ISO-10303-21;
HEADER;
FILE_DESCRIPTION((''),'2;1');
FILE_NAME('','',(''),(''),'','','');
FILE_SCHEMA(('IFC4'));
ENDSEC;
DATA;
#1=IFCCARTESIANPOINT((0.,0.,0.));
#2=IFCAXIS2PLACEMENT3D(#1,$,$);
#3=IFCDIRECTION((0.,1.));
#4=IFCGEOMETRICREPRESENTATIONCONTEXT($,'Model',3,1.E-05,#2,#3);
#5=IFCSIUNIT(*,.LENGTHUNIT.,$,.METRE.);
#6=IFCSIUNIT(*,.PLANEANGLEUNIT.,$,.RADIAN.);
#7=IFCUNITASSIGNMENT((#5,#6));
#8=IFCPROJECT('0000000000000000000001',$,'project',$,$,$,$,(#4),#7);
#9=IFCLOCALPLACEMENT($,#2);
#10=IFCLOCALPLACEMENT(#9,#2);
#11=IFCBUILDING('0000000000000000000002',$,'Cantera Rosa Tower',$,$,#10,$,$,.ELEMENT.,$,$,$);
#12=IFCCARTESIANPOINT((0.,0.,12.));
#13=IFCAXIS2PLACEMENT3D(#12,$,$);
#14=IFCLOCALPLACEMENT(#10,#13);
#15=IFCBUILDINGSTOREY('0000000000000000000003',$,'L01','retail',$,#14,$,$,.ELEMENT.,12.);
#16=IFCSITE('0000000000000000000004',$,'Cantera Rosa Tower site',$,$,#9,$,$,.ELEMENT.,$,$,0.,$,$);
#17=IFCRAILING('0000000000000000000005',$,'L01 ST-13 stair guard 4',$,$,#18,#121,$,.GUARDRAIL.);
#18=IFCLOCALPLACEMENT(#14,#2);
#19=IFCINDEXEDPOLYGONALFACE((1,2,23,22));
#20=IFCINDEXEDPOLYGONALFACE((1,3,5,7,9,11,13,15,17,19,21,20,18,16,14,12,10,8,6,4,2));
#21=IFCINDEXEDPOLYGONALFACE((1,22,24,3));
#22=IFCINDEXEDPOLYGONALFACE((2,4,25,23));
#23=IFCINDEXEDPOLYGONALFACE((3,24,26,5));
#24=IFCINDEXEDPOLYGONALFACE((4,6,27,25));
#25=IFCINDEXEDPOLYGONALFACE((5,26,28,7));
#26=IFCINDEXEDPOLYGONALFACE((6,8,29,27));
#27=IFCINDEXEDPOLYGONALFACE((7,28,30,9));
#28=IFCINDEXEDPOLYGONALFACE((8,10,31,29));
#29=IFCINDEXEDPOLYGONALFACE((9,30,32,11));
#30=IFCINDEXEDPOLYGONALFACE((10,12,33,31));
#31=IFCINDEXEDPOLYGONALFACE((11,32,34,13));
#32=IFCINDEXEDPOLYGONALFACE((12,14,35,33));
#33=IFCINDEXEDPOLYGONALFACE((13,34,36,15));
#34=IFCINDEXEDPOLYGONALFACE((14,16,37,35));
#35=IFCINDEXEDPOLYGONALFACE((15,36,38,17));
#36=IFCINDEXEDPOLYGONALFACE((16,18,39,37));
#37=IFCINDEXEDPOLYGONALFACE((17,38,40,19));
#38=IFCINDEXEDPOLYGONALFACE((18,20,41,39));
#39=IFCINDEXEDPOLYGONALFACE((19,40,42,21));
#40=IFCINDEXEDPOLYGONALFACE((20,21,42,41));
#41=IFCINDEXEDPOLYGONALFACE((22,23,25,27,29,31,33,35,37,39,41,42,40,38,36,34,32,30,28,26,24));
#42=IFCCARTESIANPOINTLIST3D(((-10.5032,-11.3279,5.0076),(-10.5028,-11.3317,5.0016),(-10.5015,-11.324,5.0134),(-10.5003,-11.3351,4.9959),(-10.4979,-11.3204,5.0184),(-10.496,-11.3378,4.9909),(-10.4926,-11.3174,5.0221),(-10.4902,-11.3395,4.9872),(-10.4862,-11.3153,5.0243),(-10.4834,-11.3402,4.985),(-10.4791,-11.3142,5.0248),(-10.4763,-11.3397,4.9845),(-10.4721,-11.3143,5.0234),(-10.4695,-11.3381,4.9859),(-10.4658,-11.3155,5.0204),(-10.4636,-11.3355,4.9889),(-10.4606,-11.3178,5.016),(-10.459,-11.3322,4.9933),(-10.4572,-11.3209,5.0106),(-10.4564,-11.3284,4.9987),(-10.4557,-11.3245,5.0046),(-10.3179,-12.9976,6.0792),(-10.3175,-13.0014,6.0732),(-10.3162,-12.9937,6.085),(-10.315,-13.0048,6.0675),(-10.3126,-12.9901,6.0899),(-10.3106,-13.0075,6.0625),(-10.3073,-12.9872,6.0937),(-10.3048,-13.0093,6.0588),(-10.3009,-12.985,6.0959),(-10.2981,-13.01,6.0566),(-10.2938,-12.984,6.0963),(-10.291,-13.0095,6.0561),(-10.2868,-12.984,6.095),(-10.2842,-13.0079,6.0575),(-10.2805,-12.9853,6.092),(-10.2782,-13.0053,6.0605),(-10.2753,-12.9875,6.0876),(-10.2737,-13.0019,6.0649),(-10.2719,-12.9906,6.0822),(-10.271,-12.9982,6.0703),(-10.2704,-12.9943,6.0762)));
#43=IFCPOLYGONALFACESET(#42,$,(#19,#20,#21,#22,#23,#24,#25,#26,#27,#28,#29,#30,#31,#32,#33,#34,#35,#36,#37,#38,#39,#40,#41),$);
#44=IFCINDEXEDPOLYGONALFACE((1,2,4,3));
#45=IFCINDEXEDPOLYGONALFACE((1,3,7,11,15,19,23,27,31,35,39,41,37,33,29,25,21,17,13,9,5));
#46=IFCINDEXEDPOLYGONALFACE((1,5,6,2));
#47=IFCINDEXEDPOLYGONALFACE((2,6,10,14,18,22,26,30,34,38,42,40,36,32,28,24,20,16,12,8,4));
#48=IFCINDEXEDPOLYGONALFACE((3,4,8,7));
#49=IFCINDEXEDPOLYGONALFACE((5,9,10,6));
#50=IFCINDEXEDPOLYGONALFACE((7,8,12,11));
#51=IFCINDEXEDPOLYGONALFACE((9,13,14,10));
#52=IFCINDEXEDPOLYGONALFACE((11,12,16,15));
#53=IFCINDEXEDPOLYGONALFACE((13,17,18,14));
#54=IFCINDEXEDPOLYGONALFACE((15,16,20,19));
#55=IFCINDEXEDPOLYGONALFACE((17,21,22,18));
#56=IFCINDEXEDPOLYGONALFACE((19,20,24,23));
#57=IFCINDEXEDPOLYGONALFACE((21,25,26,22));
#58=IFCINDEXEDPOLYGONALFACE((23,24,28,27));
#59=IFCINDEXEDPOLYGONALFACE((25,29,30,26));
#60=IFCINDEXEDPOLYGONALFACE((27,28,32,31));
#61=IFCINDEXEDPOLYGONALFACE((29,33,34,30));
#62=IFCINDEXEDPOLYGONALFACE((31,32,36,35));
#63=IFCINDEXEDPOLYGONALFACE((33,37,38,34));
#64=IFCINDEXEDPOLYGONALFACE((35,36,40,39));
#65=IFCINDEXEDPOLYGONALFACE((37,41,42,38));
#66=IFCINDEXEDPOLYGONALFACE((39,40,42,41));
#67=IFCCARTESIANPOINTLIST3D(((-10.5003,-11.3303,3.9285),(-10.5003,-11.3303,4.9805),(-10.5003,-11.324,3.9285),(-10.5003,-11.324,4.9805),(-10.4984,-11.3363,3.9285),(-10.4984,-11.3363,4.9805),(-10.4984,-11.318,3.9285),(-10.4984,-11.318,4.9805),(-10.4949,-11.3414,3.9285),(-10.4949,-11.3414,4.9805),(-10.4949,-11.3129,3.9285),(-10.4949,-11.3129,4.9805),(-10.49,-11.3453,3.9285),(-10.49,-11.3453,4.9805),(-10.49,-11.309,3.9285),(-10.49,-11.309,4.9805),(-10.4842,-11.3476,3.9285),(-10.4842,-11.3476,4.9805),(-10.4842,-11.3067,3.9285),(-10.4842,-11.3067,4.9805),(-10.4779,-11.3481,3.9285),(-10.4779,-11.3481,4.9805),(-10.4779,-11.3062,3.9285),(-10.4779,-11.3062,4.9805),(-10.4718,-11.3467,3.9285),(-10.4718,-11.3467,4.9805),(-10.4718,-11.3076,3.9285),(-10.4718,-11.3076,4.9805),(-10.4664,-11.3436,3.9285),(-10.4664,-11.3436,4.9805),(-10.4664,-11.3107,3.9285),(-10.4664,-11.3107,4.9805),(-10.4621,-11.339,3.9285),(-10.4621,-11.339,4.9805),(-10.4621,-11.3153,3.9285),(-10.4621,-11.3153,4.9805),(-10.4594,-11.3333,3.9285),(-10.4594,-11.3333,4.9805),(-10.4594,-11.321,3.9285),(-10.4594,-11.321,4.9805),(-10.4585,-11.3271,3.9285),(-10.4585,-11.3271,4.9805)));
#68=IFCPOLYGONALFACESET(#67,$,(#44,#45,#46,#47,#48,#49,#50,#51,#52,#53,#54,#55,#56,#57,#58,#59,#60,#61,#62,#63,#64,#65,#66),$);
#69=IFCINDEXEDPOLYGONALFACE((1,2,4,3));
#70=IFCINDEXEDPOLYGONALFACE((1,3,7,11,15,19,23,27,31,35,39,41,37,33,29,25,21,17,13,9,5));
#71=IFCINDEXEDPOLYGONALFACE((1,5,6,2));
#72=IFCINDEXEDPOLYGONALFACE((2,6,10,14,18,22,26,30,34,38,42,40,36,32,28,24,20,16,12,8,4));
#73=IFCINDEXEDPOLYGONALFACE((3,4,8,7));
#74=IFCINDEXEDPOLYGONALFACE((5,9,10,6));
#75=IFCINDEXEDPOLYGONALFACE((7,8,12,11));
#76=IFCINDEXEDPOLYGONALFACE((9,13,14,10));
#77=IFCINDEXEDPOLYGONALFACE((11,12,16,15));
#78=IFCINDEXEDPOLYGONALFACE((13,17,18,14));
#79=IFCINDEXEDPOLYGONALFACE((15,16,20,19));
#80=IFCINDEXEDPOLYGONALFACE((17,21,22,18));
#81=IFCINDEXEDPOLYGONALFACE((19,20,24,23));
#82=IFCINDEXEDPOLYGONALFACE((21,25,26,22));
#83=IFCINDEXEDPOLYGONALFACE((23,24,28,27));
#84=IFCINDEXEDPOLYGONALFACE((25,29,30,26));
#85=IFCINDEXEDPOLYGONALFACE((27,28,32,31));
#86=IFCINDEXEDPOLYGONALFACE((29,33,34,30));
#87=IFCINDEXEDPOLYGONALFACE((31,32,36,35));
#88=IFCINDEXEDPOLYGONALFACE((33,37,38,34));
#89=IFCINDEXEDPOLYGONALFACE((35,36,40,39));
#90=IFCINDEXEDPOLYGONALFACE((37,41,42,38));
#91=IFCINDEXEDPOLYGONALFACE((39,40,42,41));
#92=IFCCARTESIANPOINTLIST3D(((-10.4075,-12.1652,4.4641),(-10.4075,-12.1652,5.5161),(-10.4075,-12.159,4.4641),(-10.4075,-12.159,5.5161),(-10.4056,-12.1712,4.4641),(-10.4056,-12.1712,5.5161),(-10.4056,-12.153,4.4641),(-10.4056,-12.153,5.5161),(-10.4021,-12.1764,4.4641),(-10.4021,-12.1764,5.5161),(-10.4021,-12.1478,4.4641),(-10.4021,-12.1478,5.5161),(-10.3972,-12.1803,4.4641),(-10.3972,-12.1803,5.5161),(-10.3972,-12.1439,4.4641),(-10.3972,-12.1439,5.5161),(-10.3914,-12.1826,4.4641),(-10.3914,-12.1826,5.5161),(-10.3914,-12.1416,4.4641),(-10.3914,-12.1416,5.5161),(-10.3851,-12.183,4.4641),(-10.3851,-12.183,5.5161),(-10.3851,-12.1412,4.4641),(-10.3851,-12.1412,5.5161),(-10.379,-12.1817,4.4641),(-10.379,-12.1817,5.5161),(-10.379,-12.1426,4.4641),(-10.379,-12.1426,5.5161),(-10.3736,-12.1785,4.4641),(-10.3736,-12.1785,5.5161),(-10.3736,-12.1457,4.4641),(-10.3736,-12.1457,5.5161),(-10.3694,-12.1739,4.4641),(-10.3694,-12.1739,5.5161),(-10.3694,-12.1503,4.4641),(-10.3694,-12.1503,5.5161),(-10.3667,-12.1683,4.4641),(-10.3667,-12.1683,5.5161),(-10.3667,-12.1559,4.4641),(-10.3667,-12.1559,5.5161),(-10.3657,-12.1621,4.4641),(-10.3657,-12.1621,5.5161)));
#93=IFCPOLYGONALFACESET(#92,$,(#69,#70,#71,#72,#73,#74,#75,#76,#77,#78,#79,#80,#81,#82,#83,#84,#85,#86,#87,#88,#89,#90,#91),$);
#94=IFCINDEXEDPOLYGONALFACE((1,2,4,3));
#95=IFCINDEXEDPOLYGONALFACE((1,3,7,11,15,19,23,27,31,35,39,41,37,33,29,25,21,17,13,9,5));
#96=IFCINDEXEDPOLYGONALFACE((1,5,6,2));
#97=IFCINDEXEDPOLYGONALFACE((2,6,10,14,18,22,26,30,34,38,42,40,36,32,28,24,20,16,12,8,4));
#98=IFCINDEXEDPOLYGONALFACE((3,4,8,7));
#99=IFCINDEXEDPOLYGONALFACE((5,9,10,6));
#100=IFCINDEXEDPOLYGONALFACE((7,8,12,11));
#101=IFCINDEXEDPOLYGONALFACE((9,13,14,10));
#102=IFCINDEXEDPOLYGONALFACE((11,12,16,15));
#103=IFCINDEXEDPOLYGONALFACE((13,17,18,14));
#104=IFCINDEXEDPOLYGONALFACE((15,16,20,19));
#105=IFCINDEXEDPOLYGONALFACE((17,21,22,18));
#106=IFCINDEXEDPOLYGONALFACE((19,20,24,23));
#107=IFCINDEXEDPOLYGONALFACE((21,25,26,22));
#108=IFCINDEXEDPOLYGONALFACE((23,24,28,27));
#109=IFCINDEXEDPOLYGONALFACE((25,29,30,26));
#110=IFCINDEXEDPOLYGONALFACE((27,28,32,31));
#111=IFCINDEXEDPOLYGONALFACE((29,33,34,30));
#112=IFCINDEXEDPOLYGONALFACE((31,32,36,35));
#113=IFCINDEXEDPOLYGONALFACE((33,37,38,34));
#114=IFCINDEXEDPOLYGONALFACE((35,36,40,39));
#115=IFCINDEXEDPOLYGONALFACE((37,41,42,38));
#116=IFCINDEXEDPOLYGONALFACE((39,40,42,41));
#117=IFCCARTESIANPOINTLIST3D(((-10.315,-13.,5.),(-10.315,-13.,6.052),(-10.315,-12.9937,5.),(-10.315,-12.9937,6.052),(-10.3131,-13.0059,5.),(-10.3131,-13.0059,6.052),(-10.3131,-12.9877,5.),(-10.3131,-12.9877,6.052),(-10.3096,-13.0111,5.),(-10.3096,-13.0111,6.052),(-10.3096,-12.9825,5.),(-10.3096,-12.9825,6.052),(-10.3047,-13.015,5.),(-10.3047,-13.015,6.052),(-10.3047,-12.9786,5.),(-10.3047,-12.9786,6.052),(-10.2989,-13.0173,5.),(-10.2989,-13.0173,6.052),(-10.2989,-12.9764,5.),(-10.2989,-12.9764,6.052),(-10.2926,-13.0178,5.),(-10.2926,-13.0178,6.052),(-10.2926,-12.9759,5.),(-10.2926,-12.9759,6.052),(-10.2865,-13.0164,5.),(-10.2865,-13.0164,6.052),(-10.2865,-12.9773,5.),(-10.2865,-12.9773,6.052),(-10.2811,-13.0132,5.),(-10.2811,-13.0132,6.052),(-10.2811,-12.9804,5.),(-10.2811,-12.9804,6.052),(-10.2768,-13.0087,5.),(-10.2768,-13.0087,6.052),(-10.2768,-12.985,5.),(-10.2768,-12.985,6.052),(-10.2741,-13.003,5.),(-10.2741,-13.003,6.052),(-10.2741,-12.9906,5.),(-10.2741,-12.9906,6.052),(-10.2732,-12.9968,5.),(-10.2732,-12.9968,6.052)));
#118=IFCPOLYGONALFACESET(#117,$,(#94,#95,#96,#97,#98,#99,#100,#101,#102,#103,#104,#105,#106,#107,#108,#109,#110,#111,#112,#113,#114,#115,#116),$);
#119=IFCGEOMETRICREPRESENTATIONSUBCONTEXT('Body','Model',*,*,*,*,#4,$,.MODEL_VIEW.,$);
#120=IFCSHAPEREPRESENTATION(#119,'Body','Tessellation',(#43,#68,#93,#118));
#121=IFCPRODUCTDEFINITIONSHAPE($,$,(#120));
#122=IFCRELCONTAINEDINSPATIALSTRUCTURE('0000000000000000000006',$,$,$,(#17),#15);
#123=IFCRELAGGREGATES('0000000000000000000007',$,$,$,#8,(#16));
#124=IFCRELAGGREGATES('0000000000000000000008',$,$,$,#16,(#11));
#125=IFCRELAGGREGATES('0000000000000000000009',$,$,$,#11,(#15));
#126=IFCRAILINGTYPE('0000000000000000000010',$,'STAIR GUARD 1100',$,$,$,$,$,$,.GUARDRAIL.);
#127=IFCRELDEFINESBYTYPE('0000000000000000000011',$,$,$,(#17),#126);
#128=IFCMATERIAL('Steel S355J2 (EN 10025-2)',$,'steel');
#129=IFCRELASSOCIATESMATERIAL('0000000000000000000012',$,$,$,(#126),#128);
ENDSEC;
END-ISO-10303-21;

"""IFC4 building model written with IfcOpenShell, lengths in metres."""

from ifc_helpers import new_model, si_unit, direction, frame, origin, origin_2d, place, context, subcontext, project, spatial, circle, extrude, material, type_object, element, save


model = new_model("IFC4")

# Units and contexts
model_context = context("Model", 3, precision=1e-05, world=origin(), true_north=direction((0.0, 1.0)))
body_context = subcontext(model_context, "Body", "Model", "MODEL_VIEW")
ifc_project = project(units=[si_unit("LENGTHUNIT", "METRE"), si_unit("PLANEANGLEUNIT", "RADIAN")], contexts=[model_context])

# Site, building, storey
site_placement = place(None, origin())
site = spatial("IfcSite", under=ifc_project, at=site_placement, Name="Cantera Rosa Tower site", CompositionType="ELEMENT", RefElevation=0.0)
building_placement = place(site_placement, origin())
building = spatial("IfcBuilding", under=site, at=building_placement, Name="Cantera Rosa Tower", CompositionType="ELEMENT")
storey_placement = place(building_placement, frame((0.0, 0.0, 12.0)))
storey = spatial("IfcBuildingStorey", under=building, at=storey_placement, Name="L01", Description="retail", CompositionType="ELEMENT", Elevation=12.0)

# Railing
ifc_material_1 = material(Name="Steel S355J2 (EN 10025-2)", Category="steel")
railing_type = type_object("IfcRailingType", Name="STAIR GUARD 1100", PredefinedType="GUARDRAIL", material=ifc_material_1)
railing_1_placement = place(storey_placement, frame((-10.4795, -11.3271, 3.9285)))
element("IfcRailing", 1, at=railing_1_placement, inside=storey, type_object=railing_type, Name="L01 ST-13 stair guard 4", PredefinedType="GUARDRAIL", context=body_context, shape_type="SweptSolid", body=[
    extrude(circle(Radius=0.0239, at=origin_2d()), frame((0.0, 0.0, 1.0762), z_axis=(0.092997, -0.837951, 0.537764), x_axis=(0.993898, 0.110304, 0.0)), (0.0, 0.0, 1.0), 1.9927),
    extrude(circle(Radius=0.021, at=origin_2d()), origin(), (0.0, 0.0, 1.0), 1.052),
    extrude(circle(Radius=0.021, at=origin_2d()), frame((0.0928, -0.835, 0.5356)), (0.0, 0.0, 1.0), 1.052),
    extrude(circle(Radius=0.021, at=origin_2d()), frame((0.1853, -1.6697, 1.0715)), (0.0, 0.0, 1.0), 1.052),
])

save(model, "model.ifc")
